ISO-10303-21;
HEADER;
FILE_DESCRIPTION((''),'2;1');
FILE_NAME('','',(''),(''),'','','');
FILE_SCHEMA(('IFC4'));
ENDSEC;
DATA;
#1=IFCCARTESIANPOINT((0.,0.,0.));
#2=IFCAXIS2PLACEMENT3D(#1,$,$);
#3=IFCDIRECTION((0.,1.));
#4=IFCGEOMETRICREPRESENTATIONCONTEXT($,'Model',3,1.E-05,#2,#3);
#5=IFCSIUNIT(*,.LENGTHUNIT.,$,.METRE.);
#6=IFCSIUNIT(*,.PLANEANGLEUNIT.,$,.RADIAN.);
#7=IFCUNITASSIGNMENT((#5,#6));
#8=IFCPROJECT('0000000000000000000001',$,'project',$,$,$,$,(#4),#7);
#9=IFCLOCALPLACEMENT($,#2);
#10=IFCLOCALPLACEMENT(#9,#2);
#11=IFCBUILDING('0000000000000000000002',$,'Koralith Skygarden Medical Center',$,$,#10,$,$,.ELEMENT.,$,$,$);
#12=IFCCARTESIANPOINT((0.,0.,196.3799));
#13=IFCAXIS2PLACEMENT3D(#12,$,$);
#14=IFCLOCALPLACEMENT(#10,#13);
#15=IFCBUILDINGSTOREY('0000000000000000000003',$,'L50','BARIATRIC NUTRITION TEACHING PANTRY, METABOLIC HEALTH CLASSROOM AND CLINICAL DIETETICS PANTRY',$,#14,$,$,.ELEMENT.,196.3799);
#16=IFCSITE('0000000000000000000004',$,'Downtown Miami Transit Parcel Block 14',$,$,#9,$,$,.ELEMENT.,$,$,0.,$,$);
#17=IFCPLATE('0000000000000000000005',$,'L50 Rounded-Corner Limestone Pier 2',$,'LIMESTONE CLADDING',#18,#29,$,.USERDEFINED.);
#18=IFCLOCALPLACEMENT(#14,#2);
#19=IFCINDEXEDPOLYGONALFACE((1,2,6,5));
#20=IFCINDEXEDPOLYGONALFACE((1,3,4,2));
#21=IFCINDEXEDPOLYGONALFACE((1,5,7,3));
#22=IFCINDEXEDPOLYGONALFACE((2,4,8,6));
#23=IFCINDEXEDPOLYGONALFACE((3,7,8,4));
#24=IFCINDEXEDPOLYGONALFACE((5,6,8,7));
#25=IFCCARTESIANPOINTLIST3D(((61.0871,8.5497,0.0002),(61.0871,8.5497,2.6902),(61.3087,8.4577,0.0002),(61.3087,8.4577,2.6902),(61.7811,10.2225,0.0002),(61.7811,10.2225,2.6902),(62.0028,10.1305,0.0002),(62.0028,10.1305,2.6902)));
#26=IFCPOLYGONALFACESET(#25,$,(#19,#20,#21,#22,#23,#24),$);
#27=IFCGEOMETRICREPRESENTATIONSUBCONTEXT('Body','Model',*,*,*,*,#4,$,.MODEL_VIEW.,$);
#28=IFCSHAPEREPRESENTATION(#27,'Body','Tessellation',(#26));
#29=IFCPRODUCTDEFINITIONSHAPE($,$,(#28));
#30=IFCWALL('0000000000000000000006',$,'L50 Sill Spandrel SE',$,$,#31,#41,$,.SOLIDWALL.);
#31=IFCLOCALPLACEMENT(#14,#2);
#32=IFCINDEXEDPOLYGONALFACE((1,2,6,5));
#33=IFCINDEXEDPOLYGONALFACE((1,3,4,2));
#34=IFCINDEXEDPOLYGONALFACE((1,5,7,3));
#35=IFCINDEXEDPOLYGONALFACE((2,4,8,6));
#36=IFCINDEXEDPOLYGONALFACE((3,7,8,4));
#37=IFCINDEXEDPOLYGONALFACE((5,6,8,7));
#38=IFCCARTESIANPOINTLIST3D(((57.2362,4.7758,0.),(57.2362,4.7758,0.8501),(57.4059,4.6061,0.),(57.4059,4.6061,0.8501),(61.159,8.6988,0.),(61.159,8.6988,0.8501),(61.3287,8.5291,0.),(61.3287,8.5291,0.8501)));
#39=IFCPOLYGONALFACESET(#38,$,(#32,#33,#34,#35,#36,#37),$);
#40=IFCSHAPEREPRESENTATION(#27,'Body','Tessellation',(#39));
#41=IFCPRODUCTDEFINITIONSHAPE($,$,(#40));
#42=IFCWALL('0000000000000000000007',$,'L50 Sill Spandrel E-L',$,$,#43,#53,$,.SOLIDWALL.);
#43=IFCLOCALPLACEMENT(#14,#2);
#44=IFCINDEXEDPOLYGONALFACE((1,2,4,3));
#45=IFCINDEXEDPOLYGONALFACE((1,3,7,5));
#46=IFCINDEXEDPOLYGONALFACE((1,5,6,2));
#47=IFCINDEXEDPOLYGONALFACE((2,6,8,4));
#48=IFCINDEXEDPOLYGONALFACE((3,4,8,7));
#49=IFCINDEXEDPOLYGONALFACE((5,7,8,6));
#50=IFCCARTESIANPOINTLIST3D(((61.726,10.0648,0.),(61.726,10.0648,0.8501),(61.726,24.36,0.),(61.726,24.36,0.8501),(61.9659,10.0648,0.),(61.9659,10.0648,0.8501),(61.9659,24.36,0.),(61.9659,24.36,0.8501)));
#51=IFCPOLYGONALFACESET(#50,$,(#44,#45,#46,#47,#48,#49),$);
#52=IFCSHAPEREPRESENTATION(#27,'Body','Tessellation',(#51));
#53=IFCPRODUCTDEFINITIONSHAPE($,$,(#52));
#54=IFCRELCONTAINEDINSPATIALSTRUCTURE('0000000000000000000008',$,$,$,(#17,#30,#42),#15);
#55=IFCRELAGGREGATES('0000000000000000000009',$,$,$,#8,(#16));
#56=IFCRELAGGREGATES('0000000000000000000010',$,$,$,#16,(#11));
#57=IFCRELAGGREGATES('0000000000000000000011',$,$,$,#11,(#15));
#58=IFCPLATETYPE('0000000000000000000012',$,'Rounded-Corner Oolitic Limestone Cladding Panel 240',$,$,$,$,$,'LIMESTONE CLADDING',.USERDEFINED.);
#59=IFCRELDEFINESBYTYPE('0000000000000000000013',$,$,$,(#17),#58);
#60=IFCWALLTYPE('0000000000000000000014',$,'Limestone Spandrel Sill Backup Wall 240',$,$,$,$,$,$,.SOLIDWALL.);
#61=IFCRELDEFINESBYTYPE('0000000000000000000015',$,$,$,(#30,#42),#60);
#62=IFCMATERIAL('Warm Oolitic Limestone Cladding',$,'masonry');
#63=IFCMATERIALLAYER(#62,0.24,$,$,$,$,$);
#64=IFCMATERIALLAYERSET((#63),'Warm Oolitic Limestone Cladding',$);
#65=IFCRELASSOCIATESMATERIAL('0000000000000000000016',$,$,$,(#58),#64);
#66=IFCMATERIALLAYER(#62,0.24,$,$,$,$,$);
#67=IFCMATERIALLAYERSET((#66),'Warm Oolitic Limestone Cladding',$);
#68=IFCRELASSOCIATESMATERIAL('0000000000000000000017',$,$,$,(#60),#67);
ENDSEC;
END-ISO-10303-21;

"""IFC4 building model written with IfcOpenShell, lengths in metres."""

from ifc_helpers import new_model, si_unit, direction, frame, frame_2d, origin, origin_2d, place, context, subcontext, project, spatial, rectangle, extrude, material, layer, layer_set, type_object, element, save


model = new_model("IFC4")

# Units and contexts
model_context = context("Model", 3, precision=1e-05, world=origin(), true_north=direction((0.0, 1.0)))
body_context = subcontext(model_context, "Body", "Model", "MODEL_VIEW")
ifc_project = project(units=[si_unit("LENGTHUNIT", "METRE"), si_unit("PLANEANGLEUNIT", "RADIAN")], contexts=[model_context])

# Site, building, storey
site_placement = place(None, origin())
site = spatial("IfcSite", under=ifc_project, at=site_placement, Name="Downtown Miami Transit Parcel Block 14", CompositionType="ELEMENT", RefElevation=0.0)
building_placement = place(site_placement, origin())
building = spatial("IfcBuilding", under=site, at=building_placement, Name="Koralith Skygarden Medical Center", CompositionType="ELEMENT")
storey_placement = place(building_placement, frame((0.0, 0.0, 196.3799)))
storey = spatial("IfcBuildingStorey", under=building, at=storey_placement, Name="L50", Description="BARIATRIC NUTRITION TEACHING PANTRY, METABOLIC HEALTH CLASSROOM AND CLINICAL DIETETICS PANTRY", CompositionType="ELEMENT", Elevation=196.3799)

# Plate
ifc_material_1 = material(Name="Warm Oolitic Limestone Cladding", Category="masonry")
ifc_layer_1 = layer(ifc_material_1, 0.24)
ifc_layer_set_1 = layer_set([ifc_layer_1], Name="Warm Oolitic Limestone Cladding")
plate_type_1 = type_object("IfcPlateType", Name="Rounded-Corner Oolitic Limestone Cladding Panel 240", ElementType="LIMESTONE CLADDING", PredefinedType="USERDEFINED", material=ifc_layer_set_1)
for number, where, z_axis, x_axis, name in (
    (1, (61.5449, 9.3401, 0.0002), (0.0, 0.0, 1.0), (0.383214, 0.92366, 0.0), "L50 Rounded-Corner Limestone Pier 2"),
):
    element("IfcPlate", number, at=place(storey_placement, frame(where, z_axis=z_axis, x_axis=x_axis)), inside=storey, type_object=plate_type_1, Name=name, ObjectType="LIMESTONE CLADDING", PredefinedType="USERDEFINED", context=body_context, shape_type="SweptSolid", body=[
        extrude(rectangle(XDim=1.811, YDim=0.24, at=origin_2d()), origin(), (0.0, 0.0, 1.0), 2.6899),
    ])

# Walls
ifc_layer_2 = layer(ifc_material_1, 0.24)
ifc_layer_set_2 = layer_set([ifc_layer_2], Name="Warm Oolitic Limestone Cladding")
wall_type = type_object("IfcWallType", Name="Limestone Spandrel Sill Backup Wall 240", PredefinedType="SOLIDWALL", material=ifc_layer_set_2)
wall_1_placement = place(storey_placement, frame((57.321, 4.6909, 0.0), z_axis=(0.0, 0.0, 1.0), x_axis=(0.707085, 0.707129, 0.0)))
element("IfcWall", 2, at=wall_1_placement, inside=storey, type_object=wall_type, Name="L50 Sill Spandrel SE", PredefinedType="SOLIDWALL", context=body_context, shape_type="SweptSolid", body=[
    extrude(rectangle(XDim=5.5479, YDim=0.24, at=frame_2d((2.7739, 0.0))), origin(), (0.0, 0.0, 1.0), 0.8501),
])
wall_2_placement = place(storey_placement, frame((61.8459, 10.0649, 0.0), z_axis=(0.0, 0.0, 1.0), x_axis=(0.0, 1.0, 0.0)))
element("IfcWall", 3, at=wall_2_placement, inside=storey, type_object=wall_type, Name="L50 Sill Spandrel E-L", PredefinedType="SOLIDWALL", context=body_context, shape_type="SweptSolid", body=[
    extrude(rectangle(XDim=14.2952, YDim=0.24, at=frame_2d((7.1475, 0.0))), origin(), (0.0, 0.0, 1.0), 0.8501),
])

save(model, "model.ifc")
